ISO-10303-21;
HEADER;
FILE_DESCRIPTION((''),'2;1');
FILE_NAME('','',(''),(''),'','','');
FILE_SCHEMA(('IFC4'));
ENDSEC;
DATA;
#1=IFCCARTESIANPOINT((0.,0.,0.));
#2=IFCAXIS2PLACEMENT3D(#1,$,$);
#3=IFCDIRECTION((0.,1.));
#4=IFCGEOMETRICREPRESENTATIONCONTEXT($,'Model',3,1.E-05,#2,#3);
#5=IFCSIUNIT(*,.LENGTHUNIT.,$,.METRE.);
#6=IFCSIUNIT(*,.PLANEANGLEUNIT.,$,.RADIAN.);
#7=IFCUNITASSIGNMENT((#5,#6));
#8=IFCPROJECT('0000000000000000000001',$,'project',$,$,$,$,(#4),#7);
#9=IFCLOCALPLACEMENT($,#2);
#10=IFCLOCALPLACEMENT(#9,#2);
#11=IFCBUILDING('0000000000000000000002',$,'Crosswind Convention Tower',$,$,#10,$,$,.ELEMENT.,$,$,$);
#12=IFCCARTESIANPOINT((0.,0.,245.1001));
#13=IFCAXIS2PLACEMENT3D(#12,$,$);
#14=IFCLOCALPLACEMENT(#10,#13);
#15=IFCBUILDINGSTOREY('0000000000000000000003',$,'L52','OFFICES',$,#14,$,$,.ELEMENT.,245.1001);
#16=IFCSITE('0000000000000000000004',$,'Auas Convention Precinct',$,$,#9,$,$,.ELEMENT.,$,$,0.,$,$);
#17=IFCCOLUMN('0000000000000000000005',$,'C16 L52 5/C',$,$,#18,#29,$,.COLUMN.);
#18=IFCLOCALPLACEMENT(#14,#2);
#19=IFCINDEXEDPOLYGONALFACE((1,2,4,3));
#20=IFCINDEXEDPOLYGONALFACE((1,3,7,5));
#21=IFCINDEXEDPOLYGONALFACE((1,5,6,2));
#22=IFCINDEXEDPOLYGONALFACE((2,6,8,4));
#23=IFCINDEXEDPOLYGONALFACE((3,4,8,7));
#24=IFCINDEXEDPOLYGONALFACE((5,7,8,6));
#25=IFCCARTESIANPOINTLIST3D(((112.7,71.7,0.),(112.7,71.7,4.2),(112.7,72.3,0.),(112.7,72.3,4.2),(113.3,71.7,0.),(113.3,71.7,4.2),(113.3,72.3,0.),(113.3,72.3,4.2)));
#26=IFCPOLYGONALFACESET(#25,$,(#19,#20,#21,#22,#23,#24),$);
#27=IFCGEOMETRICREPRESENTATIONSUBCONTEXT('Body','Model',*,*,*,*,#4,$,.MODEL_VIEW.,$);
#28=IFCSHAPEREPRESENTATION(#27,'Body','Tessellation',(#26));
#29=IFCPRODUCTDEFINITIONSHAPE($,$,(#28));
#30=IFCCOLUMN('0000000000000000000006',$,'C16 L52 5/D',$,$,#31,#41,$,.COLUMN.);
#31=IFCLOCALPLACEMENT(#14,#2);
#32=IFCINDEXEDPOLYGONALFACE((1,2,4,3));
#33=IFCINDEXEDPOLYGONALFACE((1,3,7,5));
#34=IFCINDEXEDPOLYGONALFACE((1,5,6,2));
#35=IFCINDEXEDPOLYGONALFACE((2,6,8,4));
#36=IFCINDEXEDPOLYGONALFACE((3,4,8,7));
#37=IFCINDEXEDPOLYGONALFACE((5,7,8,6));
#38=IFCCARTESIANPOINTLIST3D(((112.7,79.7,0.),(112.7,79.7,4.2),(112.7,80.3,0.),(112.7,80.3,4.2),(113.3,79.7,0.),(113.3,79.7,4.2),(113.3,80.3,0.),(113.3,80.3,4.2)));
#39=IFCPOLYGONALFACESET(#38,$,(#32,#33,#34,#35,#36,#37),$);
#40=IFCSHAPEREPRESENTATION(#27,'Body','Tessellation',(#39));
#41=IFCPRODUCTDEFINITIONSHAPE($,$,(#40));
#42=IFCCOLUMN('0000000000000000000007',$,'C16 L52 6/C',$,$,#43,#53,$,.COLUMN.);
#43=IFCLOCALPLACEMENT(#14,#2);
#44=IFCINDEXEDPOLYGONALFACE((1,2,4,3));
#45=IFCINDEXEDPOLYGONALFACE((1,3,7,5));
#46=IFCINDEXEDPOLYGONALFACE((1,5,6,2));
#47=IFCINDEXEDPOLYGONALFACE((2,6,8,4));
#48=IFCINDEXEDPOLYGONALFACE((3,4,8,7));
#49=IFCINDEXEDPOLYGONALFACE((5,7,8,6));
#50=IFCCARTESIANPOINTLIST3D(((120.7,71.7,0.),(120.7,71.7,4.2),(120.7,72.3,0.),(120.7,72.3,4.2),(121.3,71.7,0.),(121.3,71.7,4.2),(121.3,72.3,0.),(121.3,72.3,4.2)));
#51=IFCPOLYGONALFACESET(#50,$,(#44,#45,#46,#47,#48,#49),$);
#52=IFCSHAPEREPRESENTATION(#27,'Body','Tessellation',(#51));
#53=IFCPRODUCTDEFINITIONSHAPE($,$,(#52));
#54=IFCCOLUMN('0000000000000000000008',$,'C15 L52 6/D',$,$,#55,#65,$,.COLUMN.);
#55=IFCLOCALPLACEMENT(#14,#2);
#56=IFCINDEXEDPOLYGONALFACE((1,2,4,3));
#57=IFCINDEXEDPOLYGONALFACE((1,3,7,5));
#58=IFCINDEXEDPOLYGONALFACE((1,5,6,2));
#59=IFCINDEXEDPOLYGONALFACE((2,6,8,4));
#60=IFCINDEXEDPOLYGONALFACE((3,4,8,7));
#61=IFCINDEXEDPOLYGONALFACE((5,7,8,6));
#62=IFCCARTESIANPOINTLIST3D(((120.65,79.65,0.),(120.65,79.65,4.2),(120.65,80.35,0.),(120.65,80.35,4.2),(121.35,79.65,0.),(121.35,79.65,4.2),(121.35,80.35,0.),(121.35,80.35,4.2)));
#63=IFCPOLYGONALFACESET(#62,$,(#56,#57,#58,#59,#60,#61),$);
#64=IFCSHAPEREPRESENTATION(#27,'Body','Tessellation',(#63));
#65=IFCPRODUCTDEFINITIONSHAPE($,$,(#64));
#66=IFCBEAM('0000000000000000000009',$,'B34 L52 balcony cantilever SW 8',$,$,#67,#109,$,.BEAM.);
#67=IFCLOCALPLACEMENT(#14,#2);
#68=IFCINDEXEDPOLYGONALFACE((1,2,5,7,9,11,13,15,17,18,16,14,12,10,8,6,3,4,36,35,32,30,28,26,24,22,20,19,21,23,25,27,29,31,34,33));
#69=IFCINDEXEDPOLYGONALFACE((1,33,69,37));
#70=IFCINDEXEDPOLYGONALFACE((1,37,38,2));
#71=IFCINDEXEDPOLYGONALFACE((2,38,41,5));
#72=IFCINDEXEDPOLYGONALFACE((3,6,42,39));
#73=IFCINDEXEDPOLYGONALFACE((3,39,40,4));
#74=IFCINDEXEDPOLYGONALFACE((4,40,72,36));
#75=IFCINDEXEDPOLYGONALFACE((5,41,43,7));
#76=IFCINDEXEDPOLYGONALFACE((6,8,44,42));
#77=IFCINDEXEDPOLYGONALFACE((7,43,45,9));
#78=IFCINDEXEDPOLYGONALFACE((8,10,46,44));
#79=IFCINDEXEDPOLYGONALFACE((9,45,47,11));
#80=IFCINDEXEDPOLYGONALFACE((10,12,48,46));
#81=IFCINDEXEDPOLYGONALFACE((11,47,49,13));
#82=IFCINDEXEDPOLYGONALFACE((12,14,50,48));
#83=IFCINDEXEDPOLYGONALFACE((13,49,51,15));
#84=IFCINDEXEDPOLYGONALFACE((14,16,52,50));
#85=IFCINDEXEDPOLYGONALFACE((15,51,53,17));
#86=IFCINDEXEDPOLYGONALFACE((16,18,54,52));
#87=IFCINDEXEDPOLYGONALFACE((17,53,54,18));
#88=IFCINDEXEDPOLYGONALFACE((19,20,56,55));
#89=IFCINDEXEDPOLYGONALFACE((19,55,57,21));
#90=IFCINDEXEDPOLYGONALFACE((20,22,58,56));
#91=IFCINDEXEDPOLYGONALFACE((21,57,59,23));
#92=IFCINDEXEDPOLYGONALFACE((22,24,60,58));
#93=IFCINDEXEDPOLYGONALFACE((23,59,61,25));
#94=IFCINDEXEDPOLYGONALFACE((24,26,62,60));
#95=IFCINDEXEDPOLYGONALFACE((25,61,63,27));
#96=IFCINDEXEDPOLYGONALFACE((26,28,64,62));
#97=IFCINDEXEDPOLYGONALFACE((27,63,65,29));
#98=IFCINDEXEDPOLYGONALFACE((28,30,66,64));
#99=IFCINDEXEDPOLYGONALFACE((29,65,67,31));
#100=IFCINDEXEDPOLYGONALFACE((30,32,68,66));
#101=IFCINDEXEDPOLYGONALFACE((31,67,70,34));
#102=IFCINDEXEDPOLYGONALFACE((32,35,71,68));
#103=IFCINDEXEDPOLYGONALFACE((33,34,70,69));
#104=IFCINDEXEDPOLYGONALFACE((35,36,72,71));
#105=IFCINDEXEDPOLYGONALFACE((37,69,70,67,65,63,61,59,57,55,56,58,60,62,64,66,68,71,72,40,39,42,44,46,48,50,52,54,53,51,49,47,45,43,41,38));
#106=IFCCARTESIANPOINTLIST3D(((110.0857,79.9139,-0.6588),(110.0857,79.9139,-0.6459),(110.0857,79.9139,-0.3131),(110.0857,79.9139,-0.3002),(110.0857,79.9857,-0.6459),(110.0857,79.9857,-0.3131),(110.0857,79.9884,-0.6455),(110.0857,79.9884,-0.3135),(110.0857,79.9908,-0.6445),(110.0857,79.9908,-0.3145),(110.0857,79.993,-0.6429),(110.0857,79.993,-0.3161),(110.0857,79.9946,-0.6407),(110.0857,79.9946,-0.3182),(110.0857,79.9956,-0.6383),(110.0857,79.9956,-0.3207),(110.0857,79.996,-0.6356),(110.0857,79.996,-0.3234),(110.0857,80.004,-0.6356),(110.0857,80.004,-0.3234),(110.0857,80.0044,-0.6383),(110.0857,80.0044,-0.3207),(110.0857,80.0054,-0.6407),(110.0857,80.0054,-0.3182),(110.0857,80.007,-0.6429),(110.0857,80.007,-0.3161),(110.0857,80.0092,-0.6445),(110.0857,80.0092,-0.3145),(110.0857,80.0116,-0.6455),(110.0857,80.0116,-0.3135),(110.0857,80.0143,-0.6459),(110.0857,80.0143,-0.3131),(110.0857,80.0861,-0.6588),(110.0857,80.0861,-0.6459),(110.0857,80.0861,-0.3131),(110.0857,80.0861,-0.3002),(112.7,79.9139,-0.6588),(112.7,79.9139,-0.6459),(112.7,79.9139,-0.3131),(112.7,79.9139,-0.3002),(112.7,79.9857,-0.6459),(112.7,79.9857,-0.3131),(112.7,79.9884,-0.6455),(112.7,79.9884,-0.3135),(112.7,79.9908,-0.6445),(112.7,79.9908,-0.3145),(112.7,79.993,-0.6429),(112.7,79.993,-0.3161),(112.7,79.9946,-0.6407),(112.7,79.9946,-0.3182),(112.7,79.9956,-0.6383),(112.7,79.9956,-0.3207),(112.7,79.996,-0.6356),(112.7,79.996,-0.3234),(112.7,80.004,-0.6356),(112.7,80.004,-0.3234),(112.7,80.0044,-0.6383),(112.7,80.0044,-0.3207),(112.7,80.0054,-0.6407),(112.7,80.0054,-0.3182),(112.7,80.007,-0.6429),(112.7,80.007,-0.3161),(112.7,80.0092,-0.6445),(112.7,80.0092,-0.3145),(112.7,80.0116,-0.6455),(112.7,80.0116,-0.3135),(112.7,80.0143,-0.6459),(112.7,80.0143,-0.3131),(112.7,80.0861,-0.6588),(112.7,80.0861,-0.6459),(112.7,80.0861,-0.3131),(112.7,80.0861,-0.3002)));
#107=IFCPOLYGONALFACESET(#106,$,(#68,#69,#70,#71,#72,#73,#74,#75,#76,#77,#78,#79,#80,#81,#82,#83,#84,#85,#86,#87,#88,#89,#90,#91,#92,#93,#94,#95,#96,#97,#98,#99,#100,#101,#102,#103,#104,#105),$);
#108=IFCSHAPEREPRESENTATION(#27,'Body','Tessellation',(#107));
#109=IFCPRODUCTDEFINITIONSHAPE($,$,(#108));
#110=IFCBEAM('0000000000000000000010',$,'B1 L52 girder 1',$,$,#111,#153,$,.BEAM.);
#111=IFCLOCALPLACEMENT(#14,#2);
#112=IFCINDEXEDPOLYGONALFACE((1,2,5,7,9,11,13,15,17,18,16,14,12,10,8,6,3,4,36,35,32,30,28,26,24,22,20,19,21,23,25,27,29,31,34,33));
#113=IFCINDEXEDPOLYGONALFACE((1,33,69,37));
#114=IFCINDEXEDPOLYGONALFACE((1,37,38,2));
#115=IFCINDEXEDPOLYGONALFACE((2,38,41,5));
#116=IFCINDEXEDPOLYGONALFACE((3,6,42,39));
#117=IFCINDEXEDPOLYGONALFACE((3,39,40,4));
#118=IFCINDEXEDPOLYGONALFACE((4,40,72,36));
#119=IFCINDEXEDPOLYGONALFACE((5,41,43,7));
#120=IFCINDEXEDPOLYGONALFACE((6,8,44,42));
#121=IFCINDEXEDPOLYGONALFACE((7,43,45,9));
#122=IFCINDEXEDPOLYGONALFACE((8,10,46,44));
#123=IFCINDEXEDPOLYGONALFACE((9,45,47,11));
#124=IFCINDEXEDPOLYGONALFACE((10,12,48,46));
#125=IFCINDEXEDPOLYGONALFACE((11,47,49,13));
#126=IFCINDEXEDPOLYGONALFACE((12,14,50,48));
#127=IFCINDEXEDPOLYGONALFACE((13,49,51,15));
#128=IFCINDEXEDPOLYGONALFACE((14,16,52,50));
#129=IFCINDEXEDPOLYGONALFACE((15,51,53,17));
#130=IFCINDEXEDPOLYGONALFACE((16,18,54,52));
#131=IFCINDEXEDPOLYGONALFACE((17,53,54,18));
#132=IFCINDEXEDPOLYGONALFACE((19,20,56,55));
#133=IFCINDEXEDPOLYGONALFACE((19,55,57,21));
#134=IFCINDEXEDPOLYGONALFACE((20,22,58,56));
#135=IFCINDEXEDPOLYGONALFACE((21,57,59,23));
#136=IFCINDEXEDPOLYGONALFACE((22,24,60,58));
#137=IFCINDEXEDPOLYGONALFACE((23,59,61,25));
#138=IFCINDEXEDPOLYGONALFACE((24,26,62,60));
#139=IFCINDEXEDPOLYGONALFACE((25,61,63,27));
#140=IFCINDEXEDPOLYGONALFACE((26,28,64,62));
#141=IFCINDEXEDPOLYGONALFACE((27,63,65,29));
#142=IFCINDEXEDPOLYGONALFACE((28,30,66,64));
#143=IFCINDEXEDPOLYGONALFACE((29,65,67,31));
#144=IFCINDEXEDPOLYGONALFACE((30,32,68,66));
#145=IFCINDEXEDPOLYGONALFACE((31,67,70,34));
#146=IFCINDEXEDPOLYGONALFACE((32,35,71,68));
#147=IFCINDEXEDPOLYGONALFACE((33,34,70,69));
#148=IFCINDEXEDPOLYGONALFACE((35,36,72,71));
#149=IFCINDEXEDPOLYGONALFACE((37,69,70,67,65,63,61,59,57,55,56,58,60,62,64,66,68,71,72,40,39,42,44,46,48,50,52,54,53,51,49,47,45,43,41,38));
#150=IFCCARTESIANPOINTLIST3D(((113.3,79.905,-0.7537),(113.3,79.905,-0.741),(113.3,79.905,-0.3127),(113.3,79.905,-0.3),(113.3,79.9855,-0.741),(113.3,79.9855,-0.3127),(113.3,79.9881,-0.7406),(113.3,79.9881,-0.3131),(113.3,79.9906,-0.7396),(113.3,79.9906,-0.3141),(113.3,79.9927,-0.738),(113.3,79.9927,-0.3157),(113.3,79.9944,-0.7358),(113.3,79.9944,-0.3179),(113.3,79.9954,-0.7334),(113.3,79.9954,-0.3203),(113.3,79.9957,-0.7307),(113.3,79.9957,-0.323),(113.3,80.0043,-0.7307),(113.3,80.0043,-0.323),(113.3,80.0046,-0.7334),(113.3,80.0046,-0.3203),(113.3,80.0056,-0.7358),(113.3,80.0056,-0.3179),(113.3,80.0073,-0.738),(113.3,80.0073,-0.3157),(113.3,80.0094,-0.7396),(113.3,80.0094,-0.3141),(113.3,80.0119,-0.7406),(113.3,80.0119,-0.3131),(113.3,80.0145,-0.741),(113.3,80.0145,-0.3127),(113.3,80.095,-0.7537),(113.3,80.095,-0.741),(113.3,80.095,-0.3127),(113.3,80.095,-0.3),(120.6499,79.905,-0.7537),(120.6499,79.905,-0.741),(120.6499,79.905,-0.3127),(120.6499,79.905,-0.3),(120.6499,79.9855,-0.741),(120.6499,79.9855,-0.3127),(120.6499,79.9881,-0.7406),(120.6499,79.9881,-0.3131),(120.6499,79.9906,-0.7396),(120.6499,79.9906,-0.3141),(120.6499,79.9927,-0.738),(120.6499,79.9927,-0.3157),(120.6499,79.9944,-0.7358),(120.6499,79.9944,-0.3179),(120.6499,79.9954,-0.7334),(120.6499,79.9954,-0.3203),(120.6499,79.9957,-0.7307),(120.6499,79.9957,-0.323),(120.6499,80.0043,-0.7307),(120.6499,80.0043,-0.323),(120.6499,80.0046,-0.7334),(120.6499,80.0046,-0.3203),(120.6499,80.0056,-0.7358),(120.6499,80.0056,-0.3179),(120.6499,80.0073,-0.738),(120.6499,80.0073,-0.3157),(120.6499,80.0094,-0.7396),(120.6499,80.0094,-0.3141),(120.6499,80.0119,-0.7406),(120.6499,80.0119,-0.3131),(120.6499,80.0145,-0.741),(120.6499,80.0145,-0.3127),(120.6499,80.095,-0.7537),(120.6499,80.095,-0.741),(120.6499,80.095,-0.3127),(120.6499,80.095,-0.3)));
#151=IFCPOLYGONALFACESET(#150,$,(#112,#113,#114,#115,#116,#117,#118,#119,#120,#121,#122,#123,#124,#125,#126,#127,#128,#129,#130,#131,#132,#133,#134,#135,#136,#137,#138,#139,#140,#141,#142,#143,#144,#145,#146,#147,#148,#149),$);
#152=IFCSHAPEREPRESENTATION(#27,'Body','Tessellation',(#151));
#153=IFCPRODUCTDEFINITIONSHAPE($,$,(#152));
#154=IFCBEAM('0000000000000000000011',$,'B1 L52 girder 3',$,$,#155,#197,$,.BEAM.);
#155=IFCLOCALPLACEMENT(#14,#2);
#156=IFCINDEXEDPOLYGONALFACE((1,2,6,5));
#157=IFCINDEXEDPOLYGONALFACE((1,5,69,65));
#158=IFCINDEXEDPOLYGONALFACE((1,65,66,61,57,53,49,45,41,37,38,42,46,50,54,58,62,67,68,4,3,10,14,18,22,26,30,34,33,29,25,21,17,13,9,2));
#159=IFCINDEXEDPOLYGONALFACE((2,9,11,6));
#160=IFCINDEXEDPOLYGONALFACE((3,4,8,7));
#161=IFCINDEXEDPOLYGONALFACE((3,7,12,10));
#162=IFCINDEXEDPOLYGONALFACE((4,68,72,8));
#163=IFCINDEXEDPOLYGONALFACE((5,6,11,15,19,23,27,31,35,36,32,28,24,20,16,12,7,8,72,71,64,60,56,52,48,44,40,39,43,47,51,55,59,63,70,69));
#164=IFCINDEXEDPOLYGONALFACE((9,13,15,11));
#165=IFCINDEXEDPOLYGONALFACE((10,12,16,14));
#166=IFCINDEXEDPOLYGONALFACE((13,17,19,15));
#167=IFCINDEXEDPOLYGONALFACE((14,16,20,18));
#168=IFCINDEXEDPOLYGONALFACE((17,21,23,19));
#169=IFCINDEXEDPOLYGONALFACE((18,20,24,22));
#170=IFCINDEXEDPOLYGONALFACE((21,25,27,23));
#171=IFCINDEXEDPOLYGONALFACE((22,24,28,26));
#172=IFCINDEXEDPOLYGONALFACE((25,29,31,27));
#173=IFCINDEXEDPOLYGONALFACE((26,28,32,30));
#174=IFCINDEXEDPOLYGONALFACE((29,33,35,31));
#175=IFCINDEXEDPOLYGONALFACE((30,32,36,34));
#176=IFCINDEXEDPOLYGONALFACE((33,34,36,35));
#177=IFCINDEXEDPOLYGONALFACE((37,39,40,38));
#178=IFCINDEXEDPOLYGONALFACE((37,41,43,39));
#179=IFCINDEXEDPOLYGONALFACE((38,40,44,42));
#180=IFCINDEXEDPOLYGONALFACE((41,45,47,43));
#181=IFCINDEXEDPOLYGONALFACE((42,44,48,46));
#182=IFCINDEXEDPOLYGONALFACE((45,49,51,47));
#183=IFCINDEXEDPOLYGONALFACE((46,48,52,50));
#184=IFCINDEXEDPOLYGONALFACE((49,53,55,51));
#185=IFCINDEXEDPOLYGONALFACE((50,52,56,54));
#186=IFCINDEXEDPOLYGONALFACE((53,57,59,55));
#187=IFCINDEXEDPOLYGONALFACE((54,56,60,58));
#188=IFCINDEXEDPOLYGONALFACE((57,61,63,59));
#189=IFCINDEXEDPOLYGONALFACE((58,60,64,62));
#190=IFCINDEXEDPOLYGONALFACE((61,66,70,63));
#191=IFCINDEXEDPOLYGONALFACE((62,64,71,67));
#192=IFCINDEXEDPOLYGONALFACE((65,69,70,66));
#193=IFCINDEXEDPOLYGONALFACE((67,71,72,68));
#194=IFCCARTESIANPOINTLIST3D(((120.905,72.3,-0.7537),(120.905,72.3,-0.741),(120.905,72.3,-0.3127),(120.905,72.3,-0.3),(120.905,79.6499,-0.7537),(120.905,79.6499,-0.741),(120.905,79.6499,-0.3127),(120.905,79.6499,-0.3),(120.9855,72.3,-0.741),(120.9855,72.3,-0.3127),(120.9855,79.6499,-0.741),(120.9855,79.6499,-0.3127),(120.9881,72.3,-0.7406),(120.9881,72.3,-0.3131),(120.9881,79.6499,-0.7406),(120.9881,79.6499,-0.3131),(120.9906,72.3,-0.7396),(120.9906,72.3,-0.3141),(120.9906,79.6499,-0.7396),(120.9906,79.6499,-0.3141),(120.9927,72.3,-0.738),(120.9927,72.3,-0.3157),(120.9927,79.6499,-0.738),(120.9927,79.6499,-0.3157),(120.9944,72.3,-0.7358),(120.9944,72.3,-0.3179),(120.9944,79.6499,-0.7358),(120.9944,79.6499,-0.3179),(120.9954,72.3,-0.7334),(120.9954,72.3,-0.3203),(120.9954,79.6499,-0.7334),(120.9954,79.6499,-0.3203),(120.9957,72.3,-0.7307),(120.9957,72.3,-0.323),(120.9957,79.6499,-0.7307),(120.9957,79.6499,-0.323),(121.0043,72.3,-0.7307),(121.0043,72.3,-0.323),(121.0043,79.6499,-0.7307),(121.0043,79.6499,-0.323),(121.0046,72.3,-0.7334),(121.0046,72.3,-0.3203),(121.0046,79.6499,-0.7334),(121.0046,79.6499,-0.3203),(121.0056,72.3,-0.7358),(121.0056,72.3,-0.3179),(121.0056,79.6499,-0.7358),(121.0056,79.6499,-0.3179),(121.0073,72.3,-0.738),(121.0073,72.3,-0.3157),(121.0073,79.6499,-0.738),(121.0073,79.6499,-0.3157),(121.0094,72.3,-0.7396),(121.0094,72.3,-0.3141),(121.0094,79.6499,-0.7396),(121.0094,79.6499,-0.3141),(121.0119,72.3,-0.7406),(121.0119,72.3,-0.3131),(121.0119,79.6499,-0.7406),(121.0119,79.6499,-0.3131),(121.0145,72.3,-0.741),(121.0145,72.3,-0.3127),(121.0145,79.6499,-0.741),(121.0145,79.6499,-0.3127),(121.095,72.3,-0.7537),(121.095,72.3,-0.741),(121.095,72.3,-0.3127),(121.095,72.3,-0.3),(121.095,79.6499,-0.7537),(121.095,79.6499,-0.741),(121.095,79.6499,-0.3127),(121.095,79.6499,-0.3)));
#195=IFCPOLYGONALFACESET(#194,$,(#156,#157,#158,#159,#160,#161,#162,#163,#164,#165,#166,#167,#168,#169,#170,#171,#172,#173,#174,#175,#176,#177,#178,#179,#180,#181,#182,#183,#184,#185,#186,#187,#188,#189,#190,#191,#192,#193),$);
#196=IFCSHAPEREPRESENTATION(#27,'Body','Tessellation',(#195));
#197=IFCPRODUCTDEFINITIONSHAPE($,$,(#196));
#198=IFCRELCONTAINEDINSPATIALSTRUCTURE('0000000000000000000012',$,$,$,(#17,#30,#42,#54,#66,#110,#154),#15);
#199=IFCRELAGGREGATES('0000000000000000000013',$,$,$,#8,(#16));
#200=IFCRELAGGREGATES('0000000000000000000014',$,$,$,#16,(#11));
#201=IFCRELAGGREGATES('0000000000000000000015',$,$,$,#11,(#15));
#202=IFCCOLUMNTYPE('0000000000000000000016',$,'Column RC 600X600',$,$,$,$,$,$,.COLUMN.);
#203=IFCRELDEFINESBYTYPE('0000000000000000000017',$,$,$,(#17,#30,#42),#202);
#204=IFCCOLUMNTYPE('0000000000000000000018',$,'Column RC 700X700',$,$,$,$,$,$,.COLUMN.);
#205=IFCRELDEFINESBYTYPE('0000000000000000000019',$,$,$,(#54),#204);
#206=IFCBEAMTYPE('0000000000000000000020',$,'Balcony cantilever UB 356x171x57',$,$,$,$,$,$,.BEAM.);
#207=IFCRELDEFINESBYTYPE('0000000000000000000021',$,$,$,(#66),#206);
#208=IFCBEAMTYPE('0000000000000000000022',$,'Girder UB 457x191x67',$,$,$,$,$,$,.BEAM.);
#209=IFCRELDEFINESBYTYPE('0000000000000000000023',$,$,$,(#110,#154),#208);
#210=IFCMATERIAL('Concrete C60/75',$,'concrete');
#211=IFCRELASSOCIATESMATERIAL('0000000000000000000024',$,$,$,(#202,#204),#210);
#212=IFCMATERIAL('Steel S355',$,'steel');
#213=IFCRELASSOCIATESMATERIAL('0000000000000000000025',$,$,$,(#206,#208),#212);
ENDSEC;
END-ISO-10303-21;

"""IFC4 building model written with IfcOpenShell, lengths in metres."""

from ifc_helpers import new_model, si_unit, direction, frame, origin, origin_2d, place, context, subcontext, project, spatial, rectangle, i_section, extrude, material, material_profile, profile_set, type_object, element, save


model = new_model("IFC4")

# Units and contexts
model_context = context("Model", 3, precision=1e-05, world=origin(), true_north=direction((0.0, 1.0)))
body_context = subcontext(model_context, "Body", "Model", "MODEL_VIEW")
ifc_project = project(units=[si_unit("LENGTHUNIT", "METRE"), si_unit("PLANEANGLEUNIT", "RADIAN")], contexts=[model_context])

# Site, building, storey
site_placement = place(None, origin())
site = spatial("IfcSite", under=ifc_project, at=site_placement, Name="Auas Convention Precinct", CompositionType="ELEMENT", RefElevation=0.0)
building_placement = place(site_placement, origin())
building = spatial("IfcBuilding", under=site, at=building_placement, Name="Crosswind Convention Tower", CompositionType="ELEMENT")
storey_placement = place(building_placement, frame((0.0, 0.0, 245.1001)))
storey = spatial("IfcBuildingStorey", under=building, at=storey_placement, Name="L52", Description="OFFICES", CompositionType="ELEMENT", Elevation=245.1001)

# Columns
ifc_material_1 = material(Name="Concrete C60/75", Category="concrete")
ifc_material_profile_1 = material_profile(ifc_material_1, rectangle(XDim=0.6001, YDim=0.6001, at=origin_2d()), Name="RC 600X600")
ifc_profile_set_1 = profile_set([ifc_material_profile_1], Name="Concrete C60/75")
column_type_1 = type_object("IfcColumnType", Name="Column RC 600X600", PredefinedType="COLUMN", material=ifc_profile_set_1)
for number, where, z_axis, x_axis, name in (
    (1, (113.0, 72.0, 0.0), (0.0, 0.0, 1.0), (1.0, 0.0, 0.0), "C16 L52 5/C"),
    (2, (113.0, 80.0, 0.0), (0.0, 0.0, 1.0), (1.0, 0.0, 0.0), "C16 L52 5/D"),
    (3, (121.0, 72.0, 0.0), (0.0, 0.0, 1.0), (1.0, 0.0, 0.0), "C16 L52 6/C"),
):
    element("IfcColumn", number, at=place(storey_placement, frame(where, z_axis=z_axis, x_axis=x_axis)), inside=storey, type_object=column_type_1, Name=name, PredefinedType="COLUMN", context=body_context, shape_type="SweptSolid", body=[
        extrude(rectangle(XDim=0.6001, YDim=0.6001, at=origin_2d()), origin(), (0.0, 0.0, 1.0), 4.2),
    ])
ifc_material_profile_2 = material_profile(ifc_material_1, rectangle(XDim=0.7, YDim=0.7, at=origin_2d()), Name="RC 700X700")
ifc_profile_set_2 = profile_set([ifc_material_profile_2], Name="Concrete C60/75")
column_type_2 = type_object("IfcColumnType", Name="Column RC 700X700", PredefinedType="COLUMN", material=ifc_profile_set_2)
column_placement = place(storey_placement, frame((121.0, 80.0, 0.0), z_axis=(0.0, 0.0, 1.0), x_axis=(1.0, 0.0, 0.0)))
element("IfcColumn", 4, at=column_placement, inside=storey, type_object=column_type_2, Name="C15 L52 6/D", PredefinedType="COLUMN", context=body_context, shape_type="SweptSolid", body=[
    extrude(rectangle(XDim=0.7, YDim=0.7, at=origin_2d()), origin(), (0.0, 0.0, 1.0), 4.2),
])

# Beams
ifc_material_2 = material(Name="Steel S355", Category="steel")
ifc_material_profile_3 = material_profile(ifc_material_2, i_section(OverallWidth=0.1721, OverallDepth=0.3586, WebThickness=0.0081, FlangeThickness=0.0129, FilletRadius=0.0103, at=origin_2d()), Name="UB 356x171x57")
ifc_profile_set_3 = profile_set([ifc_material_profile_3], Name="Steel S355")
beam_type_1 = type_object("IfcBeamType", Name="Balcony cantilever UB 356x171x57", PredefinedType="BEAM", material=ifc_profile_set_3)
beam_1_placement = place(storey_placement, frame((112.7, 80.0, -0.4795), z_axis=(-1.0, 0.0, 0.0), x_axis=(0.0, -1.0, 0.0)))
element("IfcBeam", 5, at=beam_1_placement, inside=storey, type_object=beam_type_1, Name="B34 L52 balcony cantilever SW 8", PredefinedType="BEAM", context=body_context, shape_type="SweptSolid", body=[
    extrude(i_section(OverallWidth=0.1721, OverallDepth=0.3586, WebThickness=0.0081, FlangeThickness=0.0129, FilletRadius=0.0103, at=origin_2d()), origin(), (0.0, 0.0, 1.0), 2.6143),
])
ifc_material_profile_4 = material_profile(ifc_material_2, i_section(OverallWidth=0.1899, OverallDepth=0.4536, WebThickness=0.0085, FlangeThickness=0.0127, FilletRadius=0.0103, at=origin_2d()), Name="UB 457x191x67")
ifc_profile_set_4 = profile_set([ifc_material_profile_4], Name="Steel S355")
beam_type_2 = type_object("IfcBeamType", Name="Girder UB 457x191x67", PredefinedType="BEAM", material=ifc_profile_set_4)
for number, where, z_axis, x_axis, name in (
    (6, (113.3, 80.0, -0.5269), (1.0, 0.0, 0.0), (0.0, 1.0, 0.0), "B1 L52 girder 1"),
    (7, (121.0, 72.3, -0.5269), (0.0, 1.0, 0.0), (-1.0, 0.0, 0.0), "B1 L52 girder 3"),
):
    element("IfcBeam", number, at=place(storey_placement, frame(where, z_axis=z_axis, x_axis=x_axis)), inside=storey, type_object=beam_type_2, Name=name, PredefinedType="BEAM", context=body_context, shape_type="SweptSolid", body=[
        extrude(i_section(OverallWidth=0.1899, OverallDepth=0.4536, WebThickness=0.0085, FlangeThickness=0.0127, FilletRadius=0.0103, at=origin_2d()), origin(), (0.0, 0.0, 1.0), 7.3499),
    ])

save(model, "model.ifc")
